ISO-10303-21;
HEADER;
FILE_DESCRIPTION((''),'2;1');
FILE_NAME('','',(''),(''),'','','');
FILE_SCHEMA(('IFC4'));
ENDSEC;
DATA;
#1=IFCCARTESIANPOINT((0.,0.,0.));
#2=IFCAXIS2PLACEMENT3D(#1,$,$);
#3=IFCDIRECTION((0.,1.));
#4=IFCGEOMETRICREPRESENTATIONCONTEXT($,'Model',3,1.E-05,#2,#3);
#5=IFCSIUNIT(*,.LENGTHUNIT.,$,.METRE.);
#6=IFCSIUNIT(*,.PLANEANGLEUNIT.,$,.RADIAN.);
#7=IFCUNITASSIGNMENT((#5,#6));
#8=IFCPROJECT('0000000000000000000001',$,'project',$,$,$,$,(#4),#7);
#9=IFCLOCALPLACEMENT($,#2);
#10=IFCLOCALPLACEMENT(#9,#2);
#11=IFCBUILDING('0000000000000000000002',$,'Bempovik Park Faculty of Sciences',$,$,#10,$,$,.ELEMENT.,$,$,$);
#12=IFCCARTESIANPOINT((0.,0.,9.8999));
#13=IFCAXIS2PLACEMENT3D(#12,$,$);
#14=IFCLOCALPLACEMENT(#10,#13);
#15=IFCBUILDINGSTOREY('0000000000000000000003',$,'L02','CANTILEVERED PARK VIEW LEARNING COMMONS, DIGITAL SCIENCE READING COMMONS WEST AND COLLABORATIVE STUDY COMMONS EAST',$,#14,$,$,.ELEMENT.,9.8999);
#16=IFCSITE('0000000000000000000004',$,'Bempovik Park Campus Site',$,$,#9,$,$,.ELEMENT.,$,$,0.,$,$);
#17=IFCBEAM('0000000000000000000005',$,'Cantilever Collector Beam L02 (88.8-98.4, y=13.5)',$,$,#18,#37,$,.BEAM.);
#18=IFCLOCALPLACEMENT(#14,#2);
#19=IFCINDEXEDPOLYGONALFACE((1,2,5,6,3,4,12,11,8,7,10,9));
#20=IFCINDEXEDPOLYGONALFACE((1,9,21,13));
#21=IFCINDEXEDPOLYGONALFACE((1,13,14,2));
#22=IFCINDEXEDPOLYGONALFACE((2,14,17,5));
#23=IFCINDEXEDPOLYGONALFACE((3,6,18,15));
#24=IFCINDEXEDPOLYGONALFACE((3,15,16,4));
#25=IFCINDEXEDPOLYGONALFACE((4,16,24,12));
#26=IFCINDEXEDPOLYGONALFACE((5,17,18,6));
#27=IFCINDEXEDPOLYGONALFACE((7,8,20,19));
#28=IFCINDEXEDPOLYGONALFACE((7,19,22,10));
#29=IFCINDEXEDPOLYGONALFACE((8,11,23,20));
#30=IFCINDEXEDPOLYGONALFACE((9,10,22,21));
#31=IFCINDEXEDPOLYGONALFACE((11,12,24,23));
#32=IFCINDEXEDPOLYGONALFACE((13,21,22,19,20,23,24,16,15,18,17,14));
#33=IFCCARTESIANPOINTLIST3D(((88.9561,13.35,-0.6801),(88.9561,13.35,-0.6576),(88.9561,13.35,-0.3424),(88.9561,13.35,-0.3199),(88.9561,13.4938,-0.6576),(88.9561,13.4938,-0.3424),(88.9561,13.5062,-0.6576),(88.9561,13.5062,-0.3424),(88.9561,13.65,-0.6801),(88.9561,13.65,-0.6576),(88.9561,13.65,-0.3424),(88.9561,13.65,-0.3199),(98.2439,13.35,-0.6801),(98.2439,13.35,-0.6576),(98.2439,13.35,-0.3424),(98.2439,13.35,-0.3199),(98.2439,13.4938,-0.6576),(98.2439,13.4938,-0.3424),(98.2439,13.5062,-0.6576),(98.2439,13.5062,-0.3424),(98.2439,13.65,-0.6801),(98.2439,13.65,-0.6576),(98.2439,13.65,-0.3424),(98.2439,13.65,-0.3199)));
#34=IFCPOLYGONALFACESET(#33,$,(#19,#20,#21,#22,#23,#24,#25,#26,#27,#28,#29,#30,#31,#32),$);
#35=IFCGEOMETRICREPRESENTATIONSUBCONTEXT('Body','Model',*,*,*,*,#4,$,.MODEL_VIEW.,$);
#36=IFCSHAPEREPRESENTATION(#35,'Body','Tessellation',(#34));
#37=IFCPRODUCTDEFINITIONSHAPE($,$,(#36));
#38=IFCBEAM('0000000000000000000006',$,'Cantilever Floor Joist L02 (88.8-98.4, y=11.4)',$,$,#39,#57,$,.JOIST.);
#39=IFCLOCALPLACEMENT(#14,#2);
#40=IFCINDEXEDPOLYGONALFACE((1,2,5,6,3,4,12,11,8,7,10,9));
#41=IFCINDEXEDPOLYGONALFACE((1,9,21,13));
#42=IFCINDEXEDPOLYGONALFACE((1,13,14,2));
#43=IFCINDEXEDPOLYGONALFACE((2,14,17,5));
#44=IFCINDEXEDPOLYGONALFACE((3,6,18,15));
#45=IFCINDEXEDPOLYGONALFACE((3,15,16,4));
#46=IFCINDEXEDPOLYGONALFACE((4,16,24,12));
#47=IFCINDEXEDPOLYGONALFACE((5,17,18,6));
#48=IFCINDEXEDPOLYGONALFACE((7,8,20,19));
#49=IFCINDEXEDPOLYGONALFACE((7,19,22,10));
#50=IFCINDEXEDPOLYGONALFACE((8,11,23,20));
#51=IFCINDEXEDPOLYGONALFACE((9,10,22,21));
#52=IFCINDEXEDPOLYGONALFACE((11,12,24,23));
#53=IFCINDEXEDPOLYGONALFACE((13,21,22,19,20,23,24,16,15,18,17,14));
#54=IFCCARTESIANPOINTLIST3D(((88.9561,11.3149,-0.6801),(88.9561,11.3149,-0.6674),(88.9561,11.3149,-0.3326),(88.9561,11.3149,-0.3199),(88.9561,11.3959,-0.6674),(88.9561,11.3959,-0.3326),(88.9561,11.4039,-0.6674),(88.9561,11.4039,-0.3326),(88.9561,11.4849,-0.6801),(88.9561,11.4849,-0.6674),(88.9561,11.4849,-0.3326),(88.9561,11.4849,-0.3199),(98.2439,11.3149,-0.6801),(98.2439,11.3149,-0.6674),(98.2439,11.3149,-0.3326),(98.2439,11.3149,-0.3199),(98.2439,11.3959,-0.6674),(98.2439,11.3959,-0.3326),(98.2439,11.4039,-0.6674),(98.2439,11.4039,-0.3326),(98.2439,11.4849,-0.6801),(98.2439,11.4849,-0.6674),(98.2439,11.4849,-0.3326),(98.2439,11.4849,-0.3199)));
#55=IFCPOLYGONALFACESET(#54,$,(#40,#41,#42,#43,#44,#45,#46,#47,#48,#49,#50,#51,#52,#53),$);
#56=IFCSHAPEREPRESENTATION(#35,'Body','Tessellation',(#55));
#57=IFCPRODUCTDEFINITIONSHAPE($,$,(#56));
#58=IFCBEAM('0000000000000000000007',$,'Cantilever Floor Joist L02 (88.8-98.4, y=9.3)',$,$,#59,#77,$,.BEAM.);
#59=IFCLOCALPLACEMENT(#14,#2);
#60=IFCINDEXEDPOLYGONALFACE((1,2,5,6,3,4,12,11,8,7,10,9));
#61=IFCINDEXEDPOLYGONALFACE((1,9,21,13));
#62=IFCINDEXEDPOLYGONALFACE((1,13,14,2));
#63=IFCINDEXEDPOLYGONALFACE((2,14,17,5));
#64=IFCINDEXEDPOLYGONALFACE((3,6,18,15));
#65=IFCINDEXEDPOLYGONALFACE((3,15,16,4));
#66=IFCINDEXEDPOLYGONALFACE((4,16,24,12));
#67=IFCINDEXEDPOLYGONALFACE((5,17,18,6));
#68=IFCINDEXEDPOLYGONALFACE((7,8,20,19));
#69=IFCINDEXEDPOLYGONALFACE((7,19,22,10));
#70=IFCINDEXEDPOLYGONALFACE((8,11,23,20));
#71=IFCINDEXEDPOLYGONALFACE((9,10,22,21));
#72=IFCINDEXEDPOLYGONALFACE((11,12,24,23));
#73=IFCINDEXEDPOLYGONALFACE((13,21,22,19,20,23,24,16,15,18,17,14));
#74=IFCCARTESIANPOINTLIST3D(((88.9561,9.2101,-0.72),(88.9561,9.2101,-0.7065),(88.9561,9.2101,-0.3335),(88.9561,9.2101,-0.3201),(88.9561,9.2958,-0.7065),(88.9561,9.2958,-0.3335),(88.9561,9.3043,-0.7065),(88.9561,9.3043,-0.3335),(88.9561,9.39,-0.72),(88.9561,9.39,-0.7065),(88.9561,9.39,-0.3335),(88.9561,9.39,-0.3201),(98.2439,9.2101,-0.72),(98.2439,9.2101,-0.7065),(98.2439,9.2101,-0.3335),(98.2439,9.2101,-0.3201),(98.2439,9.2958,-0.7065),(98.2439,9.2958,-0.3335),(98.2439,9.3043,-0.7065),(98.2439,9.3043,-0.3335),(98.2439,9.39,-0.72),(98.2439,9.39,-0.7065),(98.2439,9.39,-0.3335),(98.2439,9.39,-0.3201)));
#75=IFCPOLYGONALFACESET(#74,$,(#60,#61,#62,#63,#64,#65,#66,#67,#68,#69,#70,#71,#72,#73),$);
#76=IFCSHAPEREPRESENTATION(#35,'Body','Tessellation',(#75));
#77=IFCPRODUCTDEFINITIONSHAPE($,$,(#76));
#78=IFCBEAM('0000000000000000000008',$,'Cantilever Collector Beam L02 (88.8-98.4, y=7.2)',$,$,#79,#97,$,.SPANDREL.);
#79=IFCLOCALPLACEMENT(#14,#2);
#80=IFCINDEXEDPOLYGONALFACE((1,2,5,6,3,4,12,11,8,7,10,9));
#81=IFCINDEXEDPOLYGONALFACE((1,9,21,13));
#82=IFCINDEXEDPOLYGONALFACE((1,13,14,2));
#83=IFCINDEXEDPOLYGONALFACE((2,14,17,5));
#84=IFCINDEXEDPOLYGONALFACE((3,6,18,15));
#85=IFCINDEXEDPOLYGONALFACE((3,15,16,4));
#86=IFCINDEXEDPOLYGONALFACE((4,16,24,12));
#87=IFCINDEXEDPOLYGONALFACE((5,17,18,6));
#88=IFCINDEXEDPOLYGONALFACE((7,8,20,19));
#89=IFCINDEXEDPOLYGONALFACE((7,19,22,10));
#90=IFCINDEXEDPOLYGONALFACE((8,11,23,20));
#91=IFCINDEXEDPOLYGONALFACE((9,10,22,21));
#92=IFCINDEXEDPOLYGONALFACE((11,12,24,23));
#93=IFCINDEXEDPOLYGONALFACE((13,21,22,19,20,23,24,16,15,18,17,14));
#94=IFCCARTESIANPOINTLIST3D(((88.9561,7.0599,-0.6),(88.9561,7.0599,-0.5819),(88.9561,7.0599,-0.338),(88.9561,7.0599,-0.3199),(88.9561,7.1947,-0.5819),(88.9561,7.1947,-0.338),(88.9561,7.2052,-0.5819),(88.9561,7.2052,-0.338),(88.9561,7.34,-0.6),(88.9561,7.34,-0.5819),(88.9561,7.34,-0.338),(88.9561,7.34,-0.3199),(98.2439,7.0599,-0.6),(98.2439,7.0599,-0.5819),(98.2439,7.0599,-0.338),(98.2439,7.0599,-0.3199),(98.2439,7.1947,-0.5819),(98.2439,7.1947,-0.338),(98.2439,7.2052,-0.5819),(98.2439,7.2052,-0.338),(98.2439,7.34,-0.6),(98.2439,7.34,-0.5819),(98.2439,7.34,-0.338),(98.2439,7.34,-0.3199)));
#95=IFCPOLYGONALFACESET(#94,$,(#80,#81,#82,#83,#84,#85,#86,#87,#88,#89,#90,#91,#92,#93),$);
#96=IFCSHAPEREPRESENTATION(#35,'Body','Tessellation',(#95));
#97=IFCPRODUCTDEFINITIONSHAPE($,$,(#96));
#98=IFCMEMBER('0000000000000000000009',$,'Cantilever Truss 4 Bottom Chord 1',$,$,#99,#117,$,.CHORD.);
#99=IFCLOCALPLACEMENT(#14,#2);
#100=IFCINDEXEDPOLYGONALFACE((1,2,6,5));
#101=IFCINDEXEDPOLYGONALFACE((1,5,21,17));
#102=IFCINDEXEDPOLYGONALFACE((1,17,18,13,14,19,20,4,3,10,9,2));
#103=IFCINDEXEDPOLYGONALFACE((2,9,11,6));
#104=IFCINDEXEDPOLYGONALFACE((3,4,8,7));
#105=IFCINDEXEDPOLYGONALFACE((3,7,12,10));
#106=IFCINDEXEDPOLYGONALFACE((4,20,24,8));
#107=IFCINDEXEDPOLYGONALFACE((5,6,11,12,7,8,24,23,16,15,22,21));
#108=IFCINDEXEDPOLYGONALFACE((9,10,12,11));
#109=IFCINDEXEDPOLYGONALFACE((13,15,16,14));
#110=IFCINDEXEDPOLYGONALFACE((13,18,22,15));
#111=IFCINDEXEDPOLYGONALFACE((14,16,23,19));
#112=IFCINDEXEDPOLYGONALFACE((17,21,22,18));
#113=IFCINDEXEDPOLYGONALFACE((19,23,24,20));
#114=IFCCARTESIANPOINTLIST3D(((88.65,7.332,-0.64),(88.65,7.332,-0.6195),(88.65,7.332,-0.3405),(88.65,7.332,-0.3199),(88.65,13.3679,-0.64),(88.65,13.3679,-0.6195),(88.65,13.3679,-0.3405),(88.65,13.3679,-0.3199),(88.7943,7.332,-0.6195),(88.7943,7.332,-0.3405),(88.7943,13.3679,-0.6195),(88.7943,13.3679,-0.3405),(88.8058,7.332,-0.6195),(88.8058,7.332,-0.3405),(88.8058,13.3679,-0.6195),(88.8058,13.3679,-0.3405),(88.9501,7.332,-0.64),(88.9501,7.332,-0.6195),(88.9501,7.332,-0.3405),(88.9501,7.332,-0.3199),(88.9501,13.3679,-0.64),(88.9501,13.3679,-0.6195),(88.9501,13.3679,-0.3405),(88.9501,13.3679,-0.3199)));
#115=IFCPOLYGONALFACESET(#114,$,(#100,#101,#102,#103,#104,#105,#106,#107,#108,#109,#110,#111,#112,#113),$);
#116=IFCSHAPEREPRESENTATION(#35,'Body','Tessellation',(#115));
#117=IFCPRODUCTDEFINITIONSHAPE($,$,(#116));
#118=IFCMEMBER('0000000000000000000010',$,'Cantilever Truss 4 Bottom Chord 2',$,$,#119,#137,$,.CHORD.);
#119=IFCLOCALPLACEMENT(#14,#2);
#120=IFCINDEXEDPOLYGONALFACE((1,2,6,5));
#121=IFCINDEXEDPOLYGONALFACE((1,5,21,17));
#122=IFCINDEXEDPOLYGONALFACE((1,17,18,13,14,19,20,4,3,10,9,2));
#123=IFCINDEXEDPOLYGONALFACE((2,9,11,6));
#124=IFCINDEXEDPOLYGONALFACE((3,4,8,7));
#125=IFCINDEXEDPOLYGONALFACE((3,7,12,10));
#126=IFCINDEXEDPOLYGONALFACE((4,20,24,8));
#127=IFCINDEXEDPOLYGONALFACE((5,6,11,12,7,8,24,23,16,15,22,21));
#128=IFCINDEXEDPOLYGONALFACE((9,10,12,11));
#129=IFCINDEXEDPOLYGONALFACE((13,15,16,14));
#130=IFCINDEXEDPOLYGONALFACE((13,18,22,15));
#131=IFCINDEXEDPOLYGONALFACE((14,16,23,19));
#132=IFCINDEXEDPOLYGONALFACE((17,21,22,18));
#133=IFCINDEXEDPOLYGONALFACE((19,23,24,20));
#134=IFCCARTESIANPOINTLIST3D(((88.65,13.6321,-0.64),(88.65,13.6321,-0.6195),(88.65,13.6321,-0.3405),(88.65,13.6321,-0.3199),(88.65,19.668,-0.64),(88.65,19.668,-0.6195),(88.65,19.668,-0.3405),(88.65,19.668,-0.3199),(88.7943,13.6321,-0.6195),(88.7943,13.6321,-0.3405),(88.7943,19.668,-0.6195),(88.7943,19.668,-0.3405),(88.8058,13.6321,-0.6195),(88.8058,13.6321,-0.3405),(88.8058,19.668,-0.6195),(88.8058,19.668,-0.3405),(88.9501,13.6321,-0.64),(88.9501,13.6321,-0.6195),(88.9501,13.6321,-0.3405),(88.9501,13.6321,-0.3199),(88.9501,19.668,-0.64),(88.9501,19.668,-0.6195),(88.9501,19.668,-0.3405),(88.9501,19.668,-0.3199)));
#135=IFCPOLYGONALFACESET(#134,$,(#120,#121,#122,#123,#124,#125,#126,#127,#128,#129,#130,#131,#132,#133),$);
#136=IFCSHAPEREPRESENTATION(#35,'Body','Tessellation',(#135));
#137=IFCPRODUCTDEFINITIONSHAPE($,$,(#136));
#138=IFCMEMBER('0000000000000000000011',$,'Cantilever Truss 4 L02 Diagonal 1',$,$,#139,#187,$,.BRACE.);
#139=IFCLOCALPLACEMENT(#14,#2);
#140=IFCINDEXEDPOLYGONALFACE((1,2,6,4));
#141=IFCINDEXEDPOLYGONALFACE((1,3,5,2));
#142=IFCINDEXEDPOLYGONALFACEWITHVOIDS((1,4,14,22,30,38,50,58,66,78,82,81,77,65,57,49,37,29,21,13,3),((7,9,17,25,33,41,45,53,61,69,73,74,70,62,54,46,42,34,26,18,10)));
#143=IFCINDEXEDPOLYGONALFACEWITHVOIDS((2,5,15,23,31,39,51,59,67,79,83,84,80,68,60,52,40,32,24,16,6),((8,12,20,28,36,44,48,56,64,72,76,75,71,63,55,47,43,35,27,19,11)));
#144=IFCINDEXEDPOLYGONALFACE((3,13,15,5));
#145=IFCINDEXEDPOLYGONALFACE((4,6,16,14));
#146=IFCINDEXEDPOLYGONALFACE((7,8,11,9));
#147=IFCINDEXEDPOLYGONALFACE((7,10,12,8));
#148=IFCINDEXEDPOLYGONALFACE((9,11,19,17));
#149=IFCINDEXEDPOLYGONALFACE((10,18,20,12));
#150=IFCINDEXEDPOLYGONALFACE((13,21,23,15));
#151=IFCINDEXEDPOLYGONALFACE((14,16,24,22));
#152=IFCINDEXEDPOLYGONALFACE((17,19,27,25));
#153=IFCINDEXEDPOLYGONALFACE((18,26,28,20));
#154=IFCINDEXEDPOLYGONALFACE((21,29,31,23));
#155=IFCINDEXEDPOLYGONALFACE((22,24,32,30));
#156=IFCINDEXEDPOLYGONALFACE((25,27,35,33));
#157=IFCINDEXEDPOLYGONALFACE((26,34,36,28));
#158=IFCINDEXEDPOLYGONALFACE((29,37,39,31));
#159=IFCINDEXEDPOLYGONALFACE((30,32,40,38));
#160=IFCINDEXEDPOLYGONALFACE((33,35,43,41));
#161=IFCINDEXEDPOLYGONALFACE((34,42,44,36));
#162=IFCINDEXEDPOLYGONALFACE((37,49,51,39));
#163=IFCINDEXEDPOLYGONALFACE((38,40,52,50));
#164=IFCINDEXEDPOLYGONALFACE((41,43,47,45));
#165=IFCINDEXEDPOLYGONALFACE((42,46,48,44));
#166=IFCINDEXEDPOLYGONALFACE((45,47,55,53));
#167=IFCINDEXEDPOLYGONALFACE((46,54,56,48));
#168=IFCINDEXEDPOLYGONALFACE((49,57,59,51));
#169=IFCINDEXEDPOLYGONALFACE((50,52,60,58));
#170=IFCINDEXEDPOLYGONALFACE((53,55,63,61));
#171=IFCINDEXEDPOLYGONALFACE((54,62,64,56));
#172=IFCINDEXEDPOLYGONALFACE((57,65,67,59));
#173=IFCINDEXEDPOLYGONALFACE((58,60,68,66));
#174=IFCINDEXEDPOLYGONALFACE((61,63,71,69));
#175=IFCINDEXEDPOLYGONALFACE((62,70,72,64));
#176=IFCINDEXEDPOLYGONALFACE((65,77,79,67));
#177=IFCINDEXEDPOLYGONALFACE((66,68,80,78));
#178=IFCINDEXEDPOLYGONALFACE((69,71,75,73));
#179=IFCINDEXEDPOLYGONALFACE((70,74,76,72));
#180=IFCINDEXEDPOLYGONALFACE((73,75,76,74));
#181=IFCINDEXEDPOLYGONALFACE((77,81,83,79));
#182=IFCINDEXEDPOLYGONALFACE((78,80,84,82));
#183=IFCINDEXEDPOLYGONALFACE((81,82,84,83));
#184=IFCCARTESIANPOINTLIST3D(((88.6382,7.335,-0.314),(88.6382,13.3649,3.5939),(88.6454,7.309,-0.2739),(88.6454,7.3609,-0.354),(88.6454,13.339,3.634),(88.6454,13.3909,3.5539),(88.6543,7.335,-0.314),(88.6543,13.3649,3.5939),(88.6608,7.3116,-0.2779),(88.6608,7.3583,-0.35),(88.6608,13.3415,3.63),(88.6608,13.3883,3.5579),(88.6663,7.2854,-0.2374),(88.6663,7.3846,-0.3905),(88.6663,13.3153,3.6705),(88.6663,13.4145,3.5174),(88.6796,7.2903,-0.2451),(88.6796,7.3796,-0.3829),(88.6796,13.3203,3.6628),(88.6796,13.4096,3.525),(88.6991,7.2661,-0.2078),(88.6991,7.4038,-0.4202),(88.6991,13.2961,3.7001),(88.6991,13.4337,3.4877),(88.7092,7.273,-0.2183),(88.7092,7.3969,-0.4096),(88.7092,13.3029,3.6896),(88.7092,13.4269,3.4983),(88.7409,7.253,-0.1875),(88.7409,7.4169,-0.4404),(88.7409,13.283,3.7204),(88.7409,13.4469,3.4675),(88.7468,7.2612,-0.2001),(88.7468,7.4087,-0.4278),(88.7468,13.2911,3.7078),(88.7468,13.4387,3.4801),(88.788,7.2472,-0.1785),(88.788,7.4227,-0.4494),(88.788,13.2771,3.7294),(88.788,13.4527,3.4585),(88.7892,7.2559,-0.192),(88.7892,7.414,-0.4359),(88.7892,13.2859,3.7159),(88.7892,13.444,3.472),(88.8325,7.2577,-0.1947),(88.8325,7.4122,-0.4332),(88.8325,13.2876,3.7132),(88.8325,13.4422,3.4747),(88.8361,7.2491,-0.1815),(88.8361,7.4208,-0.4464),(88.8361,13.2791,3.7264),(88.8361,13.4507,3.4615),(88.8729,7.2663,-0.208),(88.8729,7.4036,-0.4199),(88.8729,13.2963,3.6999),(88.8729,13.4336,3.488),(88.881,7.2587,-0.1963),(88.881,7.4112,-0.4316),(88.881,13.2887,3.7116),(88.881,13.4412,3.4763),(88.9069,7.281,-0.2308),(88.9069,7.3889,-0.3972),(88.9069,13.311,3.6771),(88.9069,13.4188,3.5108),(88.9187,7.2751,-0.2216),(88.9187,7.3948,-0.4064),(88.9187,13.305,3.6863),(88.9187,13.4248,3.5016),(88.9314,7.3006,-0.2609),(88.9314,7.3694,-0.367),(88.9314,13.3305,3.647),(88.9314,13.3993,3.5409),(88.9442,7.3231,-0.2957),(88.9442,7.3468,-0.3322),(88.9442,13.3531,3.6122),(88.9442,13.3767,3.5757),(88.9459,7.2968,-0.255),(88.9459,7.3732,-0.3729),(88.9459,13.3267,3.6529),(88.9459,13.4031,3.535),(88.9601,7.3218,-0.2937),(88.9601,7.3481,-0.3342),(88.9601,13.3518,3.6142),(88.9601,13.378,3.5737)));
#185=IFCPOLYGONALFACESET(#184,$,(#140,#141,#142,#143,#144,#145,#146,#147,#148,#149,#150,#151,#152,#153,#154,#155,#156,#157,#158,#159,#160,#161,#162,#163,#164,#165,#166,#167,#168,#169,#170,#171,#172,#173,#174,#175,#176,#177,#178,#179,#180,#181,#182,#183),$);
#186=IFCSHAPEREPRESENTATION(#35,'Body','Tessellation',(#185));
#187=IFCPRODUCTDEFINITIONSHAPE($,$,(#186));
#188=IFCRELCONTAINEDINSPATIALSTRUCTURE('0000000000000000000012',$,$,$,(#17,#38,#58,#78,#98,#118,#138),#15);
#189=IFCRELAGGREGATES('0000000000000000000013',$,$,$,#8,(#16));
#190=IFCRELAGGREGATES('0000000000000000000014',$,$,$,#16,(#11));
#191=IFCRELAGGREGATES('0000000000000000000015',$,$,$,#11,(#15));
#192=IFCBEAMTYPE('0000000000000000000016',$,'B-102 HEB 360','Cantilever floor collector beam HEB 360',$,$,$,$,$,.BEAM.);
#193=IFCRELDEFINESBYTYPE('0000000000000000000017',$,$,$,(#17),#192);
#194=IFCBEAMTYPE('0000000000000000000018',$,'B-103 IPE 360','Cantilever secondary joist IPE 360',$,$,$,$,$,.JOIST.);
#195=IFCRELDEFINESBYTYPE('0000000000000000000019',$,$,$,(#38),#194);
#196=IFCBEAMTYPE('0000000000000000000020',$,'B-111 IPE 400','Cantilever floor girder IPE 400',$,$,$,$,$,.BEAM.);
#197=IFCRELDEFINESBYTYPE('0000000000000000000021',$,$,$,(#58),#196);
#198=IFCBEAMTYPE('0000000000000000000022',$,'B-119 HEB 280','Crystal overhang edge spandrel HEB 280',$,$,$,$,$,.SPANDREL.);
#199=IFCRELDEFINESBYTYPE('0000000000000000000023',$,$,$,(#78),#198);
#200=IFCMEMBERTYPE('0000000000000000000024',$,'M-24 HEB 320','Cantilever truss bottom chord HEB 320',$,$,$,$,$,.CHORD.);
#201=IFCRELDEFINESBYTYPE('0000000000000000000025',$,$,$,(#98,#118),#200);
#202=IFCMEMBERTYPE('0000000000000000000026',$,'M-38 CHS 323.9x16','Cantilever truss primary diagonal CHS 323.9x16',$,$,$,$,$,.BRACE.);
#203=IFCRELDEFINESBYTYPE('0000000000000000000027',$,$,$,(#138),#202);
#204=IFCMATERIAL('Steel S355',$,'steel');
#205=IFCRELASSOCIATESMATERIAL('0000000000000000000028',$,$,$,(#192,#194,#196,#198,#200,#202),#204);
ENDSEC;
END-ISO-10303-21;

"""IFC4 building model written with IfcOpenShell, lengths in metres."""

from ifc_helpers import new_model, si_unit, direction, frame, origin, origin_2d, place, context, subcontext, project, spatial, hollow_circle, i_section, extrude, material, material_profile, profile_set, type_object, element, save


model = new_model("IFC4")

# Units and contexts
model_context = context("Model", 3, precision=1e-05, world=origin(), true_north=direction((0.0, 1.0)))
body_context = subcontext(model_context, "Body", "Model", "MODEL_VIEW")
ifc_project = project(units=[si_unit("LENGTHUNIT", "METRE"), si_unit("PLANEANGLEUNIT", "RADIAN")], contexts=[model_context])

# Site, building, storey
site_placement = place(None, origin())
site = spatial("IfcSite", under=ifc_project, at=site_placement, Name="Bempovik Park Campus Site", CompositionType="ELEMENT", RefElevation=0.0)
building_placement = place(site_placement, origin())
building = spatial("IfcBuilding", under=site, at=building_placement, Name="Bempovik Park Faculty of Sciences", CompositionType="ELEMENT")
storey_placement = place(building_placement, frame((0.0, 0.0, 9.8999)))
storey = spatial("IfcBuildingStorey", under=building, at=storey_placement, Name="L02", Description="CANTILEVERED PARK VIEW LEARNING COMMONS, DIGITAL SCIENCE READING COMMONS WEST AND COLLABORATIVE STUDY COMMONS EAST", CompositionType="ELEMENT", Elevation=9.8999)

# Beams
ifc_material_1 = material(Name="Steel S355", Category="steel")
ifc_material_profile_1 = material_profile(ifc_material_1, i_section(OverallWidth=0.3, OverallDepth=0.3601, WebThickness=0.0125, FlangeThickness=0.0225, at=origin_2d()), Name="HEB 360")
ifc_profile_set_1 = profile_set([ifc_material_profile_1], Name="Steel S355")
beam_type_1 = type_object("IfcBeamType", Name="B-102 HEB 360", Description="Cantilever floor collector beam HEB 360", PredefinedType="BEAM", material=ifc_profile_set_1)
beam_1_placement = place(storey_placement, frame((88.9561, 13.5, -0.5), z_axis=(1.0, 0.0, 0.0), x_axis=(0.0, 1.0, 0.0)))
element("IfcBeam", 1, at=beam_1_placement, inside=storey, type_object=beam_type_1, Name="Cantilever Collector Beam L02 (88.8-98.4, y=13.5)", PredefinedType="BEAM", context=body_context, shape_type="SweptSolid", body=[
    extrude(i_section(OverallWidth=0.3, OverallDepth=0.3601, WebThickness=0.0125, FlangeThickness=0.0225, at=origin_2d()), origin(), (0.0, 0.0, 1.0), 9.2878),
])
ifc_material_profile_2 = material_profile(ifc_material_1, i_section(OverallWidth=0.1699, OverallDepth=0.3601, WebThickness=0.0081, FlangeThickness=0.0127, at=origin_2d()), Name="IPE 360")
ifc_profile_set_2 = profile_set([ifc_material_profile_2], Name="Steel S355")
beam_type_2 = type_object("IfcBeamType", Name="B-103 IPE 360", Description="Cantilever secondary joist IPE 360", PredefinedType="JOIST", material=ifc_profile_set_2)
beam_2_placement = place(storey_placement, frame((88.9561, 11.3999, -0.5), z_axis=(1.0, 0.0, 0.0), x_axis=(0.0, 1.0, 0.0)))
element("IfcBeam", 2, at=beam_2_placement, inside=storey, type_object=beam_type_2, Name="Cantilever Floor Joist L02 (88.8-98.4, y=11.4)", PredefinedType="JOIST", context=body_context, shape_type="SweptSolid", body=[
    extrude(i_section(OverallWidth=0.1699, OverallDepth=0.3601, WebThickness=0.0081, FlangeThickness=0.0127, at=origin_2d()), origin(), (0.0, 0.0, 1.0), 9.2878),
])
ifc_material_profile_3 = material_profile(ifc_material_1, i_section(OverallWidth=0.1799, OverallDepth=0.3999, WebThickness=0.0085, FlangeThickness=0.0134, at=origin_2d()), Name="IPE 400")
ifc_profile_set_3 = profile_set([ifc_material_profile_3], Name="Steel S355")
beam_type_3 = type_object("IfcBeamType", Name="B-111 IPE 400", Description="Cantilever floor girder IPE 400", PredefinedType="BEAM", material=ifc_profile_set_3)
beam_3_placement = place(storey_placement, frame((88.9561, 9.3, -0.52), z_axis=(1.0, 0.0, 0.0), x_axis=(0.0, 1.0, 0.0)))
element("IfcBeam", 3, at=beam_3_placement, inside=storey, type_object=beam_type_3, Name="Cantilever Floor Joist L02 (88.8-98.4, y=9.3)", PredefinedType="BEAM", context=body_context, shape_type="SweptSolid", body=[
    extrude(i_section(OverallWidth=0.1799, OverallDepth=0.3999, WebThickness=0.0085, FlangeThickness=0.0134, at=origin_2d()), origin(), (0.0, 0.0, 1.0), 9.2878),
])
ifc_material_profile_4 = material_profile(ifc_material_1, i_section(OverallWidth=0.28, OverallDepth=0.28, WebThickness=0.0105, FlangeThickness=0.0181, at=origin_2d()), Name="HEB 280")
ifc_profile_set_4 = profile_set([ifc_material_profile_4], Name="Steel S355")
beam_type_4 = type_object("IfcBeamType", Name="B-119 HEB 280", Description="Crystal overhang edge spandrel HEB 280", PredefinedType="SPANDREL", material=ifc_profile_set_4)
beam_4_placement = place(storey_placement, frame((88.9561, 7.2, -0.46), z_axis=(1.0, 0.0, 0.0), x_axis=(0.0, 1.0, 0.0)))
element("IfcBeam", 4, at=beam_4_placement, inside=storey, type_object=beam_type_4, Name="Cantilever Collector Beam L02 (88.8-98.4, y=7.2)", PredefinedType="SPANDREL", context=body_context, shape_type="SweptSolid", body=[
    extrude(i_section(OverallWidth=0.28, OverallDepth=0.28, WebThickness=0.0105, FlangeThickness=0.0181, at=origin_2d()), origin(), (0.0, 0.0, 1.0), 9.2878),
])

# Members
ifc_material_profile_5 = material_profile(ifc_material_1, i_section(OverallWidth=0.3, OverallDepth=0.3201, WebThickness=0.0115, FlangeThickness=0.0205, at=origin_2d()), Name="HEB 320")
ifc_profile_set_5 = profile_set([ifc_material_profile_5], Name="Steel S355")
member_type_1 = type_object("IfcMemberType", Name="M-24 HEB 320", Description="Cantilever truss bottom chord HEB 320", PredefinedType="CHORD", material=ifc_profile_set_5)
for number, where, z_axis, x_axis, name in (
    (5, (88.8, 7.332, -0.48), (0.0, 1.0, 0.0), (-1.0, 0.0, 0.0), "Cantilever Truss 4 Bottom Chord 1"),
    (6, (88.8, 13.6321, -0.48), (0.0, 1.0, 0.0), (-1.0, 0.0, 0.0), "Cantilever Truss 4 Bottom Chord 2"),
):
    element("IfcMember", number, at=place(storey_placement, frame(where, z_axis=z_axis, x_axis=x_axis)), inside=storey, type_object=member_type_1, Name=name, PredefinedType="CHORD", context=body_context, shape_type="SweptSolid", body=[
        extrude(i_section(OverallWidth=0.3, OverallDepth=0.3201, WebThickness=0.0115, FlangeThickness=0.0205, at=origin_2d()), origin(), (0.0, 0.0, 1.0), 6.0359),
    ])
ifc_material_profile_6 = material_profile(ifc_material_1, hollow_circle(Radius=0.1619, WallThickness=0.0161, at=origin_2d()), Name="CHS 323.9x16")
ifc_profile_set_6 = profile_set([ifc_material_profile_6], Name="Steel S355")
member_type_2 = type_object("IfcMemberType", Name="M-38 CHS 323.9x16", Description="Cantilever truss primary diagonal CHS 323.9x16", PredefinedType="BRACE", material=ifc_profile_set_6)
member_1_placement = place(storey_placement, frame((88.8, 7.335, -0.314), z_axis=(0.0, 0.839178, 0.543857), x_axis=(-1.0, 0.0, 0.0)))
element("IfcMember", 7, at=member_1_placement, inside=storey, type_object=member_type_2, Name="Cantilever Truss 4 L02 Diagonal 1", PredefinedType="BRACE", context=body_context, shape_type="SweptSolid", body=[
    extrude(hollow_circle(Radius=0.1619, WallThickness=0.0161, at=origin_2d()), origin(), (0.0, 0.0, 1.0), 7.1855),
])

save(model, "model.ifc")
